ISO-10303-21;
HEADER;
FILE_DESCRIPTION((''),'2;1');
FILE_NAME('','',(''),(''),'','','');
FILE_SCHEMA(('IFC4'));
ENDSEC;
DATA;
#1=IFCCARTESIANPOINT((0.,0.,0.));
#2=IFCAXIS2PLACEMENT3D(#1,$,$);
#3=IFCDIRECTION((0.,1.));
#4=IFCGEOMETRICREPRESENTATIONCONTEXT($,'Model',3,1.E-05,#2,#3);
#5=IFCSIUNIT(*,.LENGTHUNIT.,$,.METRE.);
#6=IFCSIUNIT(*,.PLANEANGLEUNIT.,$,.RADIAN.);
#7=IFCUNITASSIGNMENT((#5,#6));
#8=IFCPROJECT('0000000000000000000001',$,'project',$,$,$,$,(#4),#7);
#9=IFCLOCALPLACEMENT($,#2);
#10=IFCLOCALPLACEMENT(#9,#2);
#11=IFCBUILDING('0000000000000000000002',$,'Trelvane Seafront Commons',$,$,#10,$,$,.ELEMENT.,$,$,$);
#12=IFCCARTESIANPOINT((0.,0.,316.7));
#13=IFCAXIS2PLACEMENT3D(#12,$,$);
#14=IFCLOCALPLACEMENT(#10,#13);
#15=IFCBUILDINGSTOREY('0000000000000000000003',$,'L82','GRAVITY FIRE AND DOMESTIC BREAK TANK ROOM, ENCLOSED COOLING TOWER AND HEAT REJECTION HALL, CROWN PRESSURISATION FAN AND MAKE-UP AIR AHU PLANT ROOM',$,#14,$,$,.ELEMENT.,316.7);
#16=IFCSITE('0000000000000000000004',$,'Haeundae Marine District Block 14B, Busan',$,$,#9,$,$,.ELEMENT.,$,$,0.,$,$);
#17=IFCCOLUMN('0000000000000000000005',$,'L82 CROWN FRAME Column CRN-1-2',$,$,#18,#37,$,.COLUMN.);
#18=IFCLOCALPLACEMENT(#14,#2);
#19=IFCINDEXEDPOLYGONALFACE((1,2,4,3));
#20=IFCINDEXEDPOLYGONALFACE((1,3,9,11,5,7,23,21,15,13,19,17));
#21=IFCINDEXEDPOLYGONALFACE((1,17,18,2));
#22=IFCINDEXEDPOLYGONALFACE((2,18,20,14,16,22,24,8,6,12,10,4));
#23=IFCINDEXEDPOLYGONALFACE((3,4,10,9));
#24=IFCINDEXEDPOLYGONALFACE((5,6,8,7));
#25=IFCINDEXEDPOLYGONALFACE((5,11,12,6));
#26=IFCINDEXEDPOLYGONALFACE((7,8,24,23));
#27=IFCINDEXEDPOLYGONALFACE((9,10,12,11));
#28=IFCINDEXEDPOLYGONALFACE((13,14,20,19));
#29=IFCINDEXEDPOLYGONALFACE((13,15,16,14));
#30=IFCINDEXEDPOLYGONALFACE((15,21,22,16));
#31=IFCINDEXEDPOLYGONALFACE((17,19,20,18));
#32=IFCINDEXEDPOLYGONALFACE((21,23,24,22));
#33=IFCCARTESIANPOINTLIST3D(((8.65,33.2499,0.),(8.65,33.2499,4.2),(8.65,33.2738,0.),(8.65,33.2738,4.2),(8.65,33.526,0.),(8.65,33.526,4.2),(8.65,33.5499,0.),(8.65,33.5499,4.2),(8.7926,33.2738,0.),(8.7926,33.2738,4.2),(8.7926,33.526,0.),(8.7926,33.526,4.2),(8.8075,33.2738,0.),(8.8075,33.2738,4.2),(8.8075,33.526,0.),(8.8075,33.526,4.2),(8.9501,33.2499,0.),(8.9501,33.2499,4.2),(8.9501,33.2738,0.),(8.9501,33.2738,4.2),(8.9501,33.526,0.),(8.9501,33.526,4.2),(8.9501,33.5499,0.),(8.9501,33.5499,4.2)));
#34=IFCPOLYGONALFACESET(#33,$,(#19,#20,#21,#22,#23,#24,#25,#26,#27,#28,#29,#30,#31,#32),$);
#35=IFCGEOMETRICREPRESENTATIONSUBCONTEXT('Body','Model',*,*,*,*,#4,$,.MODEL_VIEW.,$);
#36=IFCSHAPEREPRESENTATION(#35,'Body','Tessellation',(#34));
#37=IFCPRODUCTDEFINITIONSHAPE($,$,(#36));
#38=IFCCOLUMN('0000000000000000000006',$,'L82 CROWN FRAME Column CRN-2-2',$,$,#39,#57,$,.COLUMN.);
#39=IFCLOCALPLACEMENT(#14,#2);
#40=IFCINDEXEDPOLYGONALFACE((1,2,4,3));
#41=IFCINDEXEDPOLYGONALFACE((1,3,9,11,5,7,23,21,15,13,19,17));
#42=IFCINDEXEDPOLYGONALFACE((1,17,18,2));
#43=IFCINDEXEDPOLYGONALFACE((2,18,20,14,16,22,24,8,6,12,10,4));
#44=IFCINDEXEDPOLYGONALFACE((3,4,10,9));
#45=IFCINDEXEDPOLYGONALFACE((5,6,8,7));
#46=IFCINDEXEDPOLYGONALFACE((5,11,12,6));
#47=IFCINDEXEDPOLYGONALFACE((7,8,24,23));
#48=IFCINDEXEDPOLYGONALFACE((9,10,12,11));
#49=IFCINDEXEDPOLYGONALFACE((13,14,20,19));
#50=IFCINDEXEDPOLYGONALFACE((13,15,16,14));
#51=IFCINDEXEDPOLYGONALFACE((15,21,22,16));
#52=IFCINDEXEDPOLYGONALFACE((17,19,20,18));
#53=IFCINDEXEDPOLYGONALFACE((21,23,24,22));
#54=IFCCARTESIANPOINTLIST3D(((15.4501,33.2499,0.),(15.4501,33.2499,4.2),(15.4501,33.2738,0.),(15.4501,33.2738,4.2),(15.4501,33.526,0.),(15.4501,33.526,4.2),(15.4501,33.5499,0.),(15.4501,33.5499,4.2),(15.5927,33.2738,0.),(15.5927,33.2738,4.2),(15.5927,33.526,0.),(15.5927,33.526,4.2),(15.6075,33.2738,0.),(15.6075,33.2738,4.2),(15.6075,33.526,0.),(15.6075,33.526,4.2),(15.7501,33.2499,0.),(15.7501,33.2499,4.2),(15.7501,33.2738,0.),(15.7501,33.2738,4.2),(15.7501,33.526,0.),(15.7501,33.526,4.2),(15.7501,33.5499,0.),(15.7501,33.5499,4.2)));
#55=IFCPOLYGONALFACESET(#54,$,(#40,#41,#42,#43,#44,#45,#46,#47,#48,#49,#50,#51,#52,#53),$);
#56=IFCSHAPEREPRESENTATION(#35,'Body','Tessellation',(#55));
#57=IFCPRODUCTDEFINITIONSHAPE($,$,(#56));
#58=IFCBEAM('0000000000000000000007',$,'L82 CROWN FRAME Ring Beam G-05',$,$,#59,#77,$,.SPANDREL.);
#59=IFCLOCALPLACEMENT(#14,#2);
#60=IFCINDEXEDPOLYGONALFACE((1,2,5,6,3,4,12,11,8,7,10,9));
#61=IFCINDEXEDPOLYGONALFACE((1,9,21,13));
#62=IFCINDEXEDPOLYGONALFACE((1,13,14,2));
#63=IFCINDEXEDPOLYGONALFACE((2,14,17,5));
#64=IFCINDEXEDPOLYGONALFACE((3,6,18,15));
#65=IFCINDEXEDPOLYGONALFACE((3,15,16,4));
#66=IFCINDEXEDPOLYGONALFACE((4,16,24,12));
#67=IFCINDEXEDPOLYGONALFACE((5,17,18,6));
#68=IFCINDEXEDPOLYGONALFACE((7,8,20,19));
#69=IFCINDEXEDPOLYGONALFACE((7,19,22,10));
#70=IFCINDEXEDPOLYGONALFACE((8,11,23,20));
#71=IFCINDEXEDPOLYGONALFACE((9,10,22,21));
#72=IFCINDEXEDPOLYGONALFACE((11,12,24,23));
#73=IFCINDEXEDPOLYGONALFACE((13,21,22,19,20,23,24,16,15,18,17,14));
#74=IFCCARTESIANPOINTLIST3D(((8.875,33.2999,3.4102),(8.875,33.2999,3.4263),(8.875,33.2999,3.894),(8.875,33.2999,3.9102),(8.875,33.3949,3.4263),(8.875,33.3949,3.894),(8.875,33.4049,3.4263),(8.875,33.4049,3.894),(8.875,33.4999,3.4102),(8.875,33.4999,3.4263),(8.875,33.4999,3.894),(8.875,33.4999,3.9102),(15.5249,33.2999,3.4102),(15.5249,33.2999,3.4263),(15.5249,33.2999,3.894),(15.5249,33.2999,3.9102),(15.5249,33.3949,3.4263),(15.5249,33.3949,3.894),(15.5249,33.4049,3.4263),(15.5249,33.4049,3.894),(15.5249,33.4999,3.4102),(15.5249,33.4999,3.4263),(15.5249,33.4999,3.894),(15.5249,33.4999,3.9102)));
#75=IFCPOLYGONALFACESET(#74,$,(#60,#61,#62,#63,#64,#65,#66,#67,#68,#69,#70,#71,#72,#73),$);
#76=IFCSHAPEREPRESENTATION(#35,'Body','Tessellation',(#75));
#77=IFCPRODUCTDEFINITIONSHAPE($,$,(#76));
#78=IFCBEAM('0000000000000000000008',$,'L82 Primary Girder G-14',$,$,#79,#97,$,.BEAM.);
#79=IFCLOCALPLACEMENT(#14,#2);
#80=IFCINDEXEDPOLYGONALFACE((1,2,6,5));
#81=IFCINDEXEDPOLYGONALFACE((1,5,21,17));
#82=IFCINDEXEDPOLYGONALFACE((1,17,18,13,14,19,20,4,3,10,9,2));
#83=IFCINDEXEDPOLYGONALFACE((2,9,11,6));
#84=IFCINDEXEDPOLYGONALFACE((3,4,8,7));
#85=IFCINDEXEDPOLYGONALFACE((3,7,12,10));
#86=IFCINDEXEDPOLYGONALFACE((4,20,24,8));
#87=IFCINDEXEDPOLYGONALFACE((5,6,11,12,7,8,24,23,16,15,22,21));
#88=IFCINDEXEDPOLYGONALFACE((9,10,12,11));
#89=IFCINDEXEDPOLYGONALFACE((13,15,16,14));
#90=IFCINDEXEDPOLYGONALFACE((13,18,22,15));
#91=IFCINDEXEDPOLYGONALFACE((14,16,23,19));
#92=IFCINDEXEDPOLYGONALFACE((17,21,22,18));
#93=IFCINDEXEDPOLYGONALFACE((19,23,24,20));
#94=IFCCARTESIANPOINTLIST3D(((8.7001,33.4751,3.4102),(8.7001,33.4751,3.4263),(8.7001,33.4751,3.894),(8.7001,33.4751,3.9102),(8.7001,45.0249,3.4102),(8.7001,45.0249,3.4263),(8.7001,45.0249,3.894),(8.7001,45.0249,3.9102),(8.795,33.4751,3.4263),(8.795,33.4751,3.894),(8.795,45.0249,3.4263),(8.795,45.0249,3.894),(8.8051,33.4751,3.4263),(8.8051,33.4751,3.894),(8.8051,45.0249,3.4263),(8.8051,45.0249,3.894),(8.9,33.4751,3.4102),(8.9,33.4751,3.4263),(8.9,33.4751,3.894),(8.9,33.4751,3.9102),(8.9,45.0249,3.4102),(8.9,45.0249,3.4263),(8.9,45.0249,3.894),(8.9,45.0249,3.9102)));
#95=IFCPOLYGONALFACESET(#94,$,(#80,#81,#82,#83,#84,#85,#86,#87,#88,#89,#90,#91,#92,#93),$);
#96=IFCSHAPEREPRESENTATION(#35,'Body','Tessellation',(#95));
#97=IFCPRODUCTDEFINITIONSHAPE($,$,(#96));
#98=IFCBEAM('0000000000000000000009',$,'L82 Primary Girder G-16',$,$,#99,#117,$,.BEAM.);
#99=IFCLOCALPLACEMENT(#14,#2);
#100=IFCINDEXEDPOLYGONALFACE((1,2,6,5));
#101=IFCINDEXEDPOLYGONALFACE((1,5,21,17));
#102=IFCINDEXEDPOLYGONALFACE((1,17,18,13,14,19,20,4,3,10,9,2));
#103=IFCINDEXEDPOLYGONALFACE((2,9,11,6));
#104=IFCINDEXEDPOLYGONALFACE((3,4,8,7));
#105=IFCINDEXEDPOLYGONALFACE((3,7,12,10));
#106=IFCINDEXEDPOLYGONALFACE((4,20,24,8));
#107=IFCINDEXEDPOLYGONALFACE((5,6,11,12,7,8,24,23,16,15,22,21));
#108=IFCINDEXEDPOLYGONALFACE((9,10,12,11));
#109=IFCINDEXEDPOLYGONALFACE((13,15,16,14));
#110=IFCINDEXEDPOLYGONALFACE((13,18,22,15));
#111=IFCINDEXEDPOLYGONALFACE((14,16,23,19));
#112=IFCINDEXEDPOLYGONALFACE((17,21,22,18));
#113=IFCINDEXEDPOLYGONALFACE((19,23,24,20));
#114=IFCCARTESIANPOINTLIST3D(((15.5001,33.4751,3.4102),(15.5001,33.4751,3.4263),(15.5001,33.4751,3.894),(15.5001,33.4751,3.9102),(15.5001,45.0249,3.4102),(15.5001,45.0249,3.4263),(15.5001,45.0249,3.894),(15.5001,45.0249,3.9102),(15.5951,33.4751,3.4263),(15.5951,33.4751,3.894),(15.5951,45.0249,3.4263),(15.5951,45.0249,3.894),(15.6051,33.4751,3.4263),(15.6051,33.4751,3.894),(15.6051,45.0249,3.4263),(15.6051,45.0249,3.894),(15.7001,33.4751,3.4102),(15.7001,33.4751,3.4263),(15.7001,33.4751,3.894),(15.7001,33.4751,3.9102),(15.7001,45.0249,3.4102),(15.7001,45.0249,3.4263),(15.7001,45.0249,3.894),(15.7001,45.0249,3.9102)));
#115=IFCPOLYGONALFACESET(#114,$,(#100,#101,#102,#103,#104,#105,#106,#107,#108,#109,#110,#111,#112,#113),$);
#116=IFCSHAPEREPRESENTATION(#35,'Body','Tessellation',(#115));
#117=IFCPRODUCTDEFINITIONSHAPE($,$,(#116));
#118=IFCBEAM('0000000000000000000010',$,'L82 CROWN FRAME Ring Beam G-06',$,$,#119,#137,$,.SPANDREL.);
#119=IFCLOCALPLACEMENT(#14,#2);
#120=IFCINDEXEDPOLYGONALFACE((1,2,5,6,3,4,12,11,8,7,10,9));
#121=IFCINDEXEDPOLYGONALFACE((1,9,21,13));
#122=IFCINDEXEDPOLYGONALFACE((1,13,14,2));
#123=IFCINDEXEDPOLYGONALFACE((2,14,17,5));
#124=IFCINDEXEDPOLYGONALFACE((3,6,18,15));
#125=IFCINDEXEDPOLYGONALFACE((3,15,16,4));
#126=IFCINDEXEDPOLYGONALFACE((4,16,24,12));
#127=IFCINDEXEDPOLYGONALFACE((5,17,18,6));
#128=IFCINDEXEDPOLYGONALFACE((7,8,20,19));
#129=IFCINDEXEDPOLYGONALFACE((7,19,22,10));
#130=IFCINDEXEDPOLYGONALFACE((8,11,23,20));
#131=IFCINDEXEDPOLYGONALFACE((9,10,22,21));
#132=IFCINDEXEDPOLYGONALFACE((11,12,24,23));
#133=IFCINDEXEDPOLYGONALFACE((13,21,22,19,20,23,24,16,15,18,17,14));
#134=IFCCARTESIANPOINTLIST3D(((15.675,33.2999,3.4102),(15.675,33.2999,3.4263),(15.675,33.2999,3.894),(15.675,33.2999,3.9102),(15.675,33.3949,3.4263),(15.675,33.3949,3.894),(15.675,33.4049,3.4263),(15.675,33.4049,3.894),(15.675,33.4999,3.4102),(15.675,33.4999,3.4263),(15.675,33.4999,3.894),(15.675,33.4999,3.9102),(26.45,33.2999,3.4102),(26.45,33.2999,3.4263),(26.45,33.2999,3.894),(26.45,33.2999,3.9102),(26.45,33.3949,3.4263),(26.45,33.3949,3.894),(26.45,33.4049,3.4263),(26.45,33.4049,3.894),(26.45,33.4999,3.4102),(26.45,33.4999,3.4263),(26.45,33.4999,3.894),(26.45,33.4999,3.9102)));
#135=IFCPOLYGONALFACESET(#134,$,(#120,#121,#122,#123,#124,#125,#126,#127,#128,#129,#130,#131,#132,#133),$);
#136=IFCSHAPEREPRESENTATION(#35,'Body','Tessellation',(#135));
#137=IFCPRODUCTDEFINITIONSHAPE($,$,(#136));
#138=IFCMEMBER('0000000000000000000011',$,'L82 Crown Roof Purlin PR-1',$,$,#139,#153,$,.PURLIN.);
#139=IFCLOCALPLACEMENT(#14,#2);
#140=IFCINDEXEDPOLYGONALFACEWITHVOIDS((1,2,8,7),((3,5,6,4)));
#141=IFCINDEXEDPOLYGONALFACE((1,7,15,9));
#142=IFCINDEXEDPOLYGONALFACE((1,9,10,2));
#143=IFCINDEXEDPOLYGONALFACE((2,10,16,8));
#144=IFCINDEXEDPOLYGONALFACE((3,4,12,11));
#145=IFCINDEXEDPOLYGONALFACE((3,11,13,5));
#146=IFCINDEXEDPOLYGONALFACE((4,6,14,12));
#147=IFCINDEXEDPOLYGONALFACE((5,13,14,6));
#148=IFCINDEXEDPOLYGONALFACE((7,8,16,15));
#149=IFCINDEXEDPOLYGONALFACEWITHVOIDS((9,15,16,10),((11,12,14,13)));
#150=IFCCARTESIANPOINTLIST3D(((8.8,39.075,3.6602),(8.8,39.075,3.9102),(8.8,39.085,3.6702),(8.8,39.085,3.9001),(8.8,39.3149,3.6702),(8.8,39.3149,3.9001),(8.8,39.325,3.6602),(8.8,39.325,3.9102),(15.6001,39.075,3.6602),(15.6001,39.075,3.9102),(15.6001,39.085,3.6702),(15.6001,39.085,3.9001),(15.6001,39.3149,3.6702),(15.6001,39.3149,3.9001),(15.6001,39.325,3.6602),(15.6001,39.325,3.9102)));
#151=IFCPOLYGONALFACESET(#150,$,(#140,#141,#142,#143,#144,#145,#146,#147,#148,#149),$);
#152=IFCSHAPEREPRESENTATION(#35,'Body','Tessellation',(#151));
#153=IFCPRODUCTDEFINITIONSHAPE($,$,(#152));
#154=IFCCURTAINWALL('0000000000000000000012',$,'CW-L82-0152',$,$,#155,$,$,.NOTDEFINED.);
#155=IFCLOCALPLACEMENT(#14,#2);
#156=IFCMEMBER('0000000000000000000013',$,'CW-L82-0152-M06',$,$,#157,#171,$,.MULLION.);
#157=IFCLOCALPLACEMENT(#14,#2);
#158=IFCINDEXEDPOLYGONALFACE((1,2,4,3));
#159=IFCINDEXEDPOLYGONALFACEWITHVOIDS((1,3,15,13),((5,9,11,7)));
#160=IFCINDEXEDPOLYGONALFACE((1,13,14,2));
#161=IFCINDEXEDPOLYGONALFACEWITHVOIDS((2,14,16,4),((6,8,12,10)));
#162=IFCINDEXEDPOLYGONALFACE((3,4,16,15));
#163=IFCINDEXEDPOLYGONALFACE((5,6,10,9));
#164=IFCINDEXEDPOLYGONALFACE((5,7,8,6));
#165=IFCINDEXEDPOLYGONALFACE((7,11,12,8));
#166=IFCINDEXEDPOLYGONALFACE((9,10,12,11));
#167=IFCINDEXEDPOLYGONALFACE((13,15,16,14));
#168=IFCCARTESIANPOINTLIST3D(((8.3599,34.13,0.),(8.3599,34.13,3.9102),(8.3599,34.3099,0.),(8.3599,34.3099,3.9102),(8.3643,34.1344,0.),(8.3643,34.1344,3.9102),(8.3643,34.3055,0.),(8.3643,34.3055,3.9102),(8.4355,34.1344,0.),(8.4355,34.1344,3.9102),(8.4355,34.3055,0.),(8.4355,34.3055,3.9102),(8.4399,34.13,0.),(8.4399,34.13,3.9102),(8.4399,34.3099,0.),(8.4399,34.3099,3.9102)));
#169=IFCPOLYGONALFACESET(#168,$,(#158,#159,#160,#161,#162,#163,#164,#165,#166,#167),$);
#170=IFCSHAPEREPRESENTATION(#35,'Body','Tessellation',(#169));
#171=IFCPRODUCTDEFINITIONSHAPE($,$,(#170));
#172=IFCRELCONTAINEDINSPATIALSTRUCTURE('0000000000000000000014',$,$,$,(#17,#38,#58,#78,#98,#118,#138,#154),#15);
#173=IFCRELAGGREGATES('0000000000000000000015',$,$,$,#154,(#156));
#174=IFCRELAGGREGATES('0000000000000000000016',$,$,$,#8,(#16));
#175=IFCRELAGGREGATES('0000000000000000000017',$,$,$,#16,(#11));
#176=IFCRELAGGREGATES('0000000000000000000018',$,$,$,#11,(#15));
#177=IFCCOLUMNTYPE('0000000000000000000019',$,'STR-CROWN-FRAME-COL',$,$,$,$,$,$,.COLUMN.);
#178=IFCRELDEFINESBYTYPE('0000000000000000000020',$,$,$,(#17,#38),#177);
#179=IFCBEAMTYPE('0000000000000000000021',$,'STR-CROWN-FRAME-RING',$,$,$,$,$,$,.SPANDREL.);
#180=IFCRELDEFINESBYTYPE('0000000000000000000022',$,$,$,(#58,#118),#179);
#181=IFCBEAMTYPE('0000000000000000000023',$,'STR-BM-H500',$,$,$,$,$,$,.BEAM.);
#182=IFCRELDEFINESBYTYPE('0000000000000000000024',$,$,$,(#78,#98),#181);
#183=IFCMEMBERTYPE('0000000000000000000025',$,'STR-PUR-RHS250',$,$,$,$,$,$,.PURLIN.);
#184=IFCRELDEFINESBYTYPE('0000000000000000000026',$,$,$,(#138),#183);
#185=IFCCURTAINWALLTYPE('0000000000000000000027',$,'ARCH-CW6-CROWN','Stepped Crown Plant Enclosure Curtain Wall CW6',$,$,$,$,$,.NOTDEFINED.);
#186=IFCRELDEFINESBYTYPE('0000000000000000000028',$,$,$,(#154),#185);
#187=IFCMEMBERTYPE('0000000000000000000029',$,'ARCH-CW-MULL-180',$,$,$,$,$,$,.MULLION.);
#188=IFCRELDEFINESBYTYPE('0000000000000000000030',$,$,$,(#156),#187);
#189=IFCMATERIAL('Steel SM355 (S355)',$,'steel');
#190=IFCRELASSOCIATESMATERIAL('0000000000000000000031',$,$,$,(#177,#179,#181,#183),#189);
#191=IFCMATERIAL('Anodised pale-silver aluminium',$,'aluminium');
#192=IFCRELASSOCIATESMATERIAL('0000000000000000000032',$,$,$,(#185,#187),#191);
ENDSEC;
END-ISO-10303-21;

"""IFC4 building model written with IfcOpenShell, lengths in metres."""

from ifc_helpers import new_model, si_unit, direction, frame, origin, origin_2d, place, context, subcontext, project, spatial, hollow_rectangle, i_section, extrude, source, transform, mapped, material, material_profile, profile_set, type_object, element, aggregate, save


model = new_model("IFC4")

# Units and contexts
model_context = context("Model", 3, precision=1e-05, world=origin(), true_north=direction((0.0, 1.0)))
body_context = subcontext(model_context, "Body", "Model", "MODEL_VIEW")
ifc_project = project(units=[si_unit("LENGTHUNIT", "METRE"), si_unit("PLANEANGLEUNIT", "RADIAN")], contexts=[model_context])

# Site, building, storey
site_placement = place(None, origin())
site = spatial("IfcSite", under=ifc_project, at=site_placement, Name="Haeundae Marine District Block 14B, Busan", CompositionType="ELEMENT", RefElevation=0.0)
building_placement = place(site_placement, origin())
building = spatial("IfcBuilding", under=site, at=building_placement, Name="Trelvane Seafront Commons", CompositionType="ELEMENT")
storey_placement = place(building_placement, frame((0.0, 0.0, 316.7)))
storey = spatial("IfcBuildingStorey", under=building, at=storey_placement, Name="L82", Description="GRAVITY FIRE AND DOMESTIC BREAK TANK ROOM, ENCLOSED COOLING TOWER AND HEAT REJECTION HALL, CROWN PRESSURISATION FAN AND MAKE-UP AIR AHU PLANT ROOM", CompositionType="ELEMENT", Elevation=316.7)

# Columns
ifc_material_1 = material(Name="Steel SM355 (S355)", Category="steel")
ifc_material_profile_1 = material_profile(ifc_material_1, i_section(OverallWidth=0.3, OverallDepth=0.3, WebThickness=0.0149, FlangeThickness=0.0239, at=origin_2d()), Name="HD-300x300x15x24")
ifc_profile_set_1 = profile_set([ifc_material_profile_1], Name="Steel SM355 (S355)")
column_type = type_object("IfcColumnType", Name="STR-CROWN-FRAME-COL", PredefinedType="COLUMN", material=ifc_profile_set_1)
shared_shape_1 = source(origin(), body_context, "Body", "SweptSolid", [
    extrude(i_section(OverallWidth=0.3, OverallDepth=0.3, WebThickness=0.0149, FlangeThickness=0.0239, at=origin_2d()), origin(), (0.0, 0.0, 1.0), 4.2),
])
for number, where, z_axis, x_axis, name in (
    (1, (8.8, 33.3999, 0.0), (0.0, 0.0, 1.0), (1.0, 0.0, 0.0), "L82 CROWN FRAME Column CRN-1-2"),
    (2, (15.6001, 33.3999, 0.0), (0.0, 0.0, 1.0), (1.0, 0.0, 0.0), "L82 CROWN FRAME Column CRN-2-2"),
):
    element("IfcColumn", number, at=place(storey_placement, frame(where, z_axis=z_axis, x_axis=x_axis)), inside=storey, type_object=column_type, Name=name, PredefinedType="COLUMN", context=body_context, shape_type="MappedRepresentation", body=[
        mapped(shared_shape_1, transform((0.0, 0.0, 0.0), x_axis=(1.0, 0.0, 0.0), y_axis=(0.0, 1.0, 0.0), z_axis=(0.0, 0.0, 1.0), scale=1.0)),
    ])

# Beams
ifc_material_profile_2 = material_profile(ifc_material_1, i_section(OverallWidth=0.2, OverallDepth=0.5, WebThickness=0.01, FlangeThickness=0.0161, at=origin_2d()), Name="H-500x200x10x16")
ifc_profile_set_2 = profile_set([ifc_material_profile_2], Name="Steel SM355 (S355)")
beam_type_1 = type_object("IfcBeamType", Name="STR-CROWN-FRAME-RING", PredefinedType="SPANDREL", material=ifc_profile_set_2)
shared_shape_2 = source(origin(), body_context, "Body", "SweptSolid", [
    extrude(i_section(OverallWidth=0.2, OverallDepth=0.5, WebThickness=0.01, FlangeThickness=0.0161, at=origin_2d()), origin(), (0.0, 0.0, 1.0), 6.6499),
])
beam_1_placement = place(storey_placement, frame((8.875, 33.3999, 3.6602), z_axis=(1.0, 0.0, 0.0), x_axis=(0.0, 1.0, 0.0)))
element("IfcBeam", 3, at=beam_1_placement, inside=storey, type_object=beam_type_1, Name="L82 CROWN FRAME Ring Beam G-05", PredefinedType="SPANDREL", context=body_context, shape_type="MappedRepresentation", body=[
    mapped(shared_shape_2, transform((0.0, 0.0, 0.0), x_axis=(1.0, 0.0, 0.0), y_axis=(0.0, 1.0, 0.0), z_axis=(0.0, 0.0, 1.0), scale=1.0)),
])
ifc_material_profile_3 = material_profile(ifc_material_1, i_section(OverallWidth=0.2, OverallDepth=0.5, WebThickness=0.01, FlangeThickness=0.0161, at=origin_2d()), Name="H-500x200x10x16")
ifc_profile_set_3 = profile_set([ifc_material_profile_3], Name="Steel SM355 (S355)")
beam_type_2 = type_object("IfcBeamType", Name="STR-BM-H500", PredefinedType="BEAM", material=ifc_profile_set_3)
shared_shape_3 = source(origin(), body_context, "Body", "SweptSolid", [
    extrude(i_section(OverallWidth=0.2, OverallDepth=0.5, WebThickness=0.01, FlangeThickness=0.0161, at=origin_2d()), origin(), (0.0, 0.0, 1.0), 11.5498),
])
for number, where, z_axis, x_axis, name in (
    (4, (8.8, 33.4751, 3.6602), (0.0, 1.0, 0.0), (-1.0, 0.0, 0.0), "L82 Primary Girder G-14"),
    (5, (15.6001, 33.4751, 3.6602), (0.0, 1.0, 0.0), (-1.0, 0.0, 0.0), "L82 Primary Girder G-16"),
):
    element("IfcBeam", number, at=place(storey_placement, frame(where, z_axis=z_axis, x_axis=x_axis)), inside=storey, type_object=beam_type_2, Name=name, PredefinedType="BEAM", context=body_context, shape_type="MappedRepresentation", body=[
        mapped(shared_shape_3, transform((0.0, 0.0, 0.0), x_axis=(1.0, 0.0, 0.0), y_axis=(0.0, 1.0, 0.0), z_axis=(0.0, 0.0, 1.0), scale=1.0)),
    ])
shared_shape_4 = source(origin(), body_context, "Body", "SweptSolid", [
    extrude(i_section(OverallWidth=0.2, OverallDepth=0.5, WebThickness=0.01, FlangeThickness=0.0161, at=origin_2d()), origin(), (0.0, 0.0, 1.0), 10.7749),
])
beam_2_placement = place(storey_placement, frame((15.675, 33.3999, 3.6602), z_axis=(1.0, 0.0, 0.0), x_axis=(0.0, 1.0, 0.0)))
element("IfcBeam", 6, at=beam_2_placement, inside=storey, type_object=beam_type_1, Name="L82 CROWN FRAME Ring Beam G-06", PredefinedType="SPANDREL", context=body_context, shape_type="MappedRepresentation", body=[
    mapped(shared_shape_4, transform((0.0, 0.0, 0.0), x_axis=(1.0, 0.0, 0.0), y_axis=(0.0, 1.0, 0.0), z_axis=(0.0, 0.0, 1.0), scale=1.0)),
])

# Member
ifc_material_profile_4 = material_profile(ifc_material_1, hollow_rectangle(XDim=0.25, YDim=0.25, WallThickness=0.01, at=origin_2d()), Name="RHS-250x250x10")
ifc_profile_set_4 = profile_set([ifc_material_profile_4], Name="Steel SM355 (S355)")
member_type_1 = type_object("IfcMemberType", Name="STR-PUR-RHS250", PredefinedType="PURLIN", material=ifc_profile_set_4)
shared_shape_5 = source(origin(), body_context, "Body", "SweptSolid", [
    extrude(hollow_rectangle(XDim=0.25, YDim=0.25, WallThickness=0.01, at=origin_2d()), origin(), (0.0, 0.0, 1.0), 6.8),
])
member_1_placement = place(storey_placement, frame((8.8, 39.2, 3.7852), z_axis=(1.0, 0.0, 0.0), x_axis=(0.0, 1.0, 0.0)))
element("IfcMember", 7, at=member_1_placement, inside=storey, type_object=member_type_1, Name="L82 Crown Roof Purlin PR-1", PredefinedType="PURLIN", context=body_context, shape_type="MappedRepresentation", body=[
    mapped(shared_shape_5, transform((0.0, 0.0, 0.0), x_axis=(1.0, 0.0, 0.0), y_axis=(0.0, 1.0, 0.0), z_axis=(0.0, 0.0, 1.0), scale=1.0)),
])

# Curtain wall, member
ifc_material_2 = material(Name="Anodised pale-silver aluminium", Category="aluminium")
curtain_wall_type = type_object("IfcCurtainWallType", Name="ARCH-CW6-CROWN", Description="Stepped Crown Plant Enclosure Curtain Wall CW6", PredefinedType="NOTDEFINED", material=ifc_material_2)
curtain_wall_placement = place(storey_placement, origin())
curtain_wall = element("IfcCurtainWall", 8, at=curtain_wall_placement, inside=storey, type_object=curtain_wall_type, Name="CW-L82-0152", PredefinedType="NOTDEFINED")
ifc_material_profile_5 = material_profile(ifc_material_2, hollow_rectangle(XDim=0.0801, YDim=0.1799, WallThickness=0.0044, at=origin_2d()), Name="MULL-80x180x4.5")
ifc_profile_set_5 = profile_set([ifc_material_profile_5], Name="Anodised pale-silver aluminium")
member_type_2 = type_object("IfcMemberType", Name="ARCH-CW-MULL-180", PredefinedType="MULLION", material=ifc_profile_set_5)
shared_shape_6 = source(origin(), body_context, "Body", "SweptSolid", [
    extrude(hollow_rectangle(XDim=0.0801, YDim=0.1799, WallThickness=0.0044, at=origin_2d()), origin(), (0.0, 0.0, 1.0), 3.9102),
])
member_2_placement = place(storey_placement, frame((8.3999, 34.22, 0.0), z_axis=(0.0, 0.0, 1.0), x_axis=(1.0, 0.0, 0.0)))
member_2 = element("IfcMember", 9, at=member_2_placement, type_object=member_type_2, Name="CW-L82-0152-M06", PredefinedType="MULLION", context=body_context, shape_type="MappedRepresentation", body=[
    mapped(shared_shape_6, transform((0.0, 0.0, 0.0), x_axis=(1.0, 0.0, 0.0), y_axis=(0.0, 1.0, 0.0), z_axis=(0.0, 0.0, 1.0), scale=1.0)),
])
aggregate(curtain_wall, [member_2])

save(model, "model.ifc")
